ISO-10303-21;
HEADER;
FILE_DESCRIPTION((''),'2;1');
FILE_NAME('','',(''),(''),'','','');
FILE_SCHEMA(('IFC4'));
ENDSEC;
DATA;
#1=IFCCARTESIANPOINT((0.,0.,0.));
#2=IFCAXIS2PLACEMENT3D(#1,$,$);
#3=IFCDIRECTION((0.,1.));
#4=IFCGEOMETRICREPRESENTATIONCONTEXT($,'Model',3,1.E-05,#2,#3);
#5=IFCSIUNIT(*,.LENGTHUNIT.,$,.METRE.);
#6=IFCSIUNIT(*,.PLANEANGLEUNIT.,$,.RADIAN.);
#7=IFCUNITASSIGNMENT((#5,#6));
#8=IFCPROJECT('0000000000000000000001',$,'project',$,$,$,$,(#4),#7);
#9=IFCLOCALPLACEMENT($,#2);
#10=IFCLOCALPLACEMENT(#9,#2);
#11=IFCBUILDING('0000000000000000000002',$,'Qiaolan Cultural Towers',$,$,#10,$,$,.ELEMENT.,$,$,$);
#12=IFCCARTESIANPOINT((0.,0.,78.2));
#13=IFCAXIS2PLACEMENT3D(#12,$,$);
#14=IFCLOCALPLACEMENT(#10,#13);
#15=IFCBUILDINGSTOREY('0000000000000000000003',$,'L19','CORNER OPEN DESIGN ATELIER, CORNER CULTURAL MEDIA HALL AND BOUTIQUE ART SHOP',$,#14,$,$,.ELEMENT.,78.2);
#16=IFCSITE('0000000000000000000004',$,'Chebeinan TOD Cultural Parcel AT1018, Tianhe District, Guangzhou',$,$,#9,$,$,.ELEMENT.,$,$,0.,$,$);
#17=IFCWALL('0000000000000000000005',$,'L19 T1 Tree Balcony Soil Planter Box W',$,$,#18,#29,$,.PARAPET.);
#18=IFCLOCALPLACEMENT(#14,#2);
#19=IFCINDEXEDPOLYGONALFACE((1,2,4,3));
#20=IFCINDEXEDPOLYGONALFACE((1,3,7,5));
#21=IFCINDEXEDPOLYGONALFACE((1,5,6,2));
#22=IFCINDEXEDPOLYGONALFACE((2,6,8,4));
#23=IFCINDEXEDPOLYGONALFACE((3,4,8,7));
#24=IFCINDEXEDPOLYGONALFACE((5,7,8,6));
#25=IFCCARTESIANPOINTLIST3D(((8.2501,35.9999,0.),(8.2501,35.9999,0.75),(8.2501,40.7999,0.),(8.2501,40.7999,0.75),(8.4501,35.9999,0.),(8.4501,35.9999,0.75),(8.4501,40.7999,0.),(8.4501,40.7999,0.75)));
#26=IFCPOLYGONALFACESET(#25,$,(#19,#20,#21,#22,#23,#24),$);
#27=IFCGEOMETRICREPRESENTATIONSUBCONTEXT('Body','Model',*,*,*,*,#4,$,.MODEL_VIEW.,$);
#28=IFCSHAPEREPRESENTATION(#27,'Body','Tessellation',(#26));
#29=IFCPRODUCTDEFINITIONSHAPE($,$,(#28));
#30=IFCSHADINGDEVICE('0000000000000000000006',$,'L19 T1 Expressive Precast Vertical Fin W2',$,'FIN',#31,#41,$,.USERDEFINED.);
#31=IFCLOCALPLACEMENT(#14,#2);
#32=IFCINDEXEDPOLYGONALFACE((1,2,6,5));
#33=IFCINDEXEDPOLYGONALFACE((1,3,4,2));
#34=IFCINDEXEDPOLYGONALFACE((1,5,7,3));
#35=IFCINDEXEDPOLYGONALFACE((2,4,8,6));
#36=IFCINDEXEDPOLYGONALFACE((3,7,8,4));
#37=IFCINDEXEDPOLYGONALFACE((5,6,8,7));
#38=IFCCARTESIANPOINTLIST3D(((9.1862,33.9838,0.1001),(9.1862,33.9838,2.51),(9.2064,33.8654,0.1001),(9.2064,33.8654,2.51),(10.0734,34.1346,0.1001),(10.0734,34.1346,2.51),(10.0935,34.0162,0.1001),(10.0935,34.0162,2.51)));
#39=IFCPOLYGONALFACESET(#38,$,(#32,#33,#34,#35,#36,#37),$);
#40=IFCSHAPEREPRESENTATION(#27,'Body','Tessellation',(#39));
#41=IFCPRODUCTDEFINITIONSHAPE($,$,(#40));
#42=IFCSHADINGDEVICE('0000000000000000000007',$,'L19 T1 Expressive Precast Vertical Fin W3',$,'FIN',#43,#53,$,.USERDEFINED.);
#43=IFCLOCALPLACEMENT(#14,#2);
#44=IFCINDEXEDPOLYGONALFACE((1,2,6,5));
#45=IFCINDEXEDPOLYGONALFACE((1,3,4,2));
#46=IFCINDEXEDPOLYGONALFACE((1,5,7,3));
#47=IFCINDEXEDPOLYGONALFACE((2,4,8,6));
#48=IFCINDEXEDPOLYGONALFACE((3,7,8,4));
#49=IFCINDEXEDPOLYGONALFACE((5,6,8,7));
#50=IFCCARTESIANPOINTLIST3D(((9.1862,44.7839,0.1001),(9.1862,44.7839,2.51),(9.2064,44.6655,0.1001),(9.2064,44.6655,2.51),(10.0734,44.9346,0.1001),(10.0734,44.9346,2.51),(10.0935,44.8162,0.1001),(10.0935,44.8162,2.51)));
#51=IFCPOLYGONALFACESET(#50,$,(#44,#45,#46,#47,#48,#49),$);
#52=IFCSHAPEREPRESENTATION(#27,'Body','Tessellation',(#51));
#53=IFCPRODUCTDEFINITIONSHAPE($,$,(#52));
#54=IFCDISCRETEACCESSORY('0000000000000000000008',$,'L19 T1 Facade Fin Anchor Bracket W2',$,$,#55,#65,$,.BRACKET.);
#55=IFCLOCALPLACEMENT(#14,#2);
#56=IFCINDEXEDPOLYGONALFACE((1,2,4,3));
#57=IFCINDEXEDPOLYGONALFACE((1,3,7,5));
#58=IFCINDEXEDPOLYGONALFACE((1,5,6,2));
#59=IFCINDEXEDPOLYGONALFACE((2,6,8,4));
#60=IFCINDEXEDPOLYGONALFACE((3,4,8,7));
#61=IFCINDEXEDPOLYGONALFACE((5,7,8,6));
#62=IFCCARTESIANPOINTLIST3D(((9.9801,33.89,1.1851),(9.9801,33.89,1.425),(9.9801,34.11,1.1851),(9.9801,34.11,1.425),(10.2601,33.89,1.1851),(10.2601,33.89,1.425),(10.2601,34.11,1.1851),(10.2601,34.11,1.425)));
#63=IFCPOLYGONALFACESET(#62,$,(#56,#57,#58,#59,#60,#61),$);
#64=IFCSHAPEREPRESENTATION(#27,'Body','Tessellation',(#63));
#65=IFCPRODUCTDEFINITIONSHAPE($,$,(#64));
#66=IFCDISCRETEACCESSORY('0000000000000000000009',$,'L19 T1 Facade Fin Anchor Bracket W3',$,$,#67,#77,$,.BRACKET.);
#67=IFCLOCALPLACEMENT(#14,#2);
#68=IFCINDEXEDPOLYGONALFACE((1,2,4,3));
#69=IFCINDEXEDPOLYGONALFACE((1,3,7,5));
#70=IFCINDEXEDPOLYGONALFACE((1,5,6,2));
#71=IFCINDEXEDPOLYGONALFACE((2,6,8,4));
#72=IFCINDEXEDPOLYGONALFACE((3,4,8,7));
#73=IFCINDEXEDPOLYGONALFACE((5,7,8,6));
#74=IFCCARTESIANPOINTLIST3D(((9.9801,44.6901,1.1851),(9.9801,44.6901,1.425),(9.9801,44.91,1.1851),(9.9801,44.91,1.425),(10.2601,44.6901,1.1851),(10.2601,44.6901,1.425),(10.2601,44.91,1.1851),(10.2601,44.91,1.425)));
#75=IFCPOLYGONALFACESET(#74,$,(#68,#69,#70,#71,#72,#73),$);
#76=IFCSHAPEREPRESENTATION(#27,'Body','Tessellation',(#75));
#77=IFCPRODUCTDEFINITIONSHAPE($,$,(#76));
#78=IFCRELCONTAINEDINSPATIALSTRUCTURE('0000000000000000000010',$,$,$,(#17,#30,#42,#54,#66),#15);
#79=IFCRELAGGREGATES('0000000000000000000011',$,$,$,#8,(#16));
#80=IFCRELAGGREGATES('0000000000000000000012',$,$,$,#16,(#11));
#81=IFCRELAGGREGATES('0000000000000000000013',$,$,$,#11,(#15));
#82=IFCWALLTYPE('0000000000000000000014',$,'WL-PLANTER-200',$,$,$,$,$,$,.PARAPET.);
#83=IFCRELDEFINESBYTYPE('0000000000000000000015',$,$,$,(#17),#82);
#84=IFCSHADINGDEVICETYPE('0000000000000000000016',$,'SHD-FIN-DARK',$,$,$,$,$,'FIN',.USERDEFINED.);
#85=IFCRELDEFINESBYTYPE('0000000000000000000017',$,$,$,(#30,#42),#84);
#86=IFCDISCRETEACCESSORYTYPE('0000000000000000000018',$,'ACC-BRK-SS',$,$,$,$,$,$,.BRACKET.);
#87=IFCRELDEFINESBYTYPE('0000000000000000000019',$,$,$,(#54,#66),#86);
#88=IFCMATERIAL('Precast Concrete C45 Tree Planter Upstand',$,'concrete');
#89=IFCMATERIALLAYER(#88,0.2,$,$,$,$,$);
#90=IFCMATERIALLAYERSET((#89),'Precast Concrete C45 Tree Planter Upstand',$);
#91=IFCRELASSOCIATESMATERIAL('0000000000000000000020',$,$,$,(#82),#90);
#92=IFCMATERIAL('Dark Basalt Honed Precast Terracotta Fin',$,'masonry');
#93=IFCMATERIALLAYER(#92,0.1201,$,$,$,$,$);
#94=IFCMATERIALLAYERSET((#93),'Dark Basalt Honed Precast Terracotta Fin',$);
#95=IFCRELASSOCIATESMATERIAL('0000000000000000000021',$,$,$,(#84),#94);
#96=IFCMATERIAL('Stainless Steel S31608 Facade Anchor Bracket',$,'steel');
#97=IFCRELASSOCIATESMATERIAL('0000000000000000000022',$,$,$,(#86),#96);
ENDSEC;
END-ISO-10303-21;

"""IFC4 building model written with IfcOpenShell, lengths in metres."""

from ifc_helpers import new_model, si_unit, direction, frame, frame_2d, origin, origin_2d, place, context, subcontext, project, spatial, rectangle, extrude, material, layer, layer_set, type_object, element, save


model = new_model("IFC4")

# Units and contexts
model_context = context("Model", 3, precision=1e-05, world=origin(), true_north=direction((0.0, 1.0)))
body_context = subcontext(model_context, "Body", "Model", "MODEL_VIEW")
ifc_project = project(units=[si_unit("LENGTHUNIT", "METRE"), si_unit("PLANEANGLEUNIT", "RADIAN")], contexts=[model_context])

# Site, building, storey
site_placement = place(None, origin())
site = spatial("IfcSite", under=ifc_project, at=site_placement, Name="Chebeinan TOD Cultural Parcel AT1018, Tianhe District, Guangzhou", CompositionType="ELEMENT", RefElevation=0.0)
building_placement = place(site_placement, origin())
building = spatial("IfcBuilding", under=site, at=building_placement, Name="Qiaolan Cultural Towers", CompositionType="ELEMENT")
storey_placement = place(building_placement, frame((0.0, 0.0, 78.2)))
storey = spatial("IfcBuildingStorey", under=building, at=storey_placement, Name="L19", Description="CORNER OPEN DESIGN ATELIER, CORNER CULTURAL MEDIA HALL AND BOUTIQUE ART SHOP", CompositionType="ELEMENT", Elevation=78.2)

# Wall
ifc_material_1 = material(Name="Precast Concrete C45 Tree Planter Upstand", Category="concrete")
ifc_layer_1 = layer(ifc_material_1, 0.2)
ifc_layer_set_1 = layer_set([ifc_layer_1], Name="Precast Concrete C45 Tree Planter Upstand")
wall_type_1 = type_object("IfcWallType", Name="WL-PLANTER-200", PredefinedType="PARAPET", material=ifc_layer_set_1)
wall_1_placement = place(storey_placement, frame((8.3501, 36.0, 0.0), z_axis=(0.0, 0.0, 1.0), x_axis=(0.0, 1.0, 0.0)))
element("IfcWall", 1, at=wall_1_placement, inside=storey, type_object=wall_type_1, Name="L19 T1 Tree Balcony Soil Planter Box W", PredefinedType="PARAPET", context=body_context, shape_type="SweptSolid", body=[
    extrude(rectangle(XDim=4.8, YDim=0.2, at=frame_2d((2.3999, 0.0))), origin(), (0.0, 0.0, 1.0), 0.75),
])

# Shading devices
ifc_material_2 = material(Name="Dark Basalt Honed Precast Terracotta Fin", Category="masonry")
ifc_layer_2 = layer(ifc_material_2, 0.1201)
ifc_layer_set_2 = layer_set([ifc_layer_2], Name="Dark Basalt Honed Precast Terracotta Fin")
shading_device_type = type_object("IfcShadingDeviceType", Name="SHD-FIN-DARK", ElementType="FIN", PredefinedType="USERDEFINED", material=ifc_layer_set_2)
for number, where, z_axis, x_axis, name in (
    (2, (9.6399, 34.0, 0.1001), (0.0, 0.0, 1.0), (0.985874, 0.167488, 0.0), "L19 T1 Expressive Precast Vertical Fin W2"),
    (3, (9.6399, 44.8, 0.1001), (0.0, 0.0, 1.0), (0.985874, 0.167488, 0.0), "L19 T1 Expressive Precast Vertical Fin W3"),
):
    element("IfcShadingDevice", number, at=place(storey_placement, frame(where, z_axis=z_axis, x_axis=x_axis)), inside=storey, type_object=shading_device_type, Name=name, ObjectType="FIN", PredefinedType="USERDEFINED", context=body_context, shape_type="SweptSolid", body=[
        extrude(rectangle(XDim=0.8999, YDim=0.1201, at=origin_2d()), origin(), (0.0, 0.0, 1.0), 2.4099),
    ])

# Discrete accessories
ifc_material_3 = material(Name="Stainless Steel S31608 Facade Anchor Bracket", Category="steel")
discrete_accessory_type = type_object("IfcDiscreteAccessoryType", Name="ACC-BRK-SS", PredefinedType="BRACKET", material=ifc_material_3)
for number, where, z_axis, x_axis, name in (
    (4, (10.1201, 34.0, 1.1851), (0.0, 0.0, 1.0), (1.0, 0.0, 0.0), "L19 T1 Facade Fin Anchor Bracket W2"),
    (5, (10.1201, 44.8, 1.1851), (0.0, 0.0, 1.0), (1.0, 0.0, 0.0), "L19 T1 Facade Fin Anchor Bracket W3"),
):
    element("IfcDiscreteAccessory", number, at=place(storey_placement, frame(where, z_axis=z_axis, x_axis=x_axis)), inside=storey, type_object=discrete_accessory_type, Name=name, PredefinedType="BRACKET", context=body_context, shape_type="SweptSolid", body=[
        extrude(rectangle(XDim=0.28, YDim=0.22, at=origin_2d()), origin(), (0.0, 0.0, 1.0), 0.24),
    ])

save(model, "model.ifc")
